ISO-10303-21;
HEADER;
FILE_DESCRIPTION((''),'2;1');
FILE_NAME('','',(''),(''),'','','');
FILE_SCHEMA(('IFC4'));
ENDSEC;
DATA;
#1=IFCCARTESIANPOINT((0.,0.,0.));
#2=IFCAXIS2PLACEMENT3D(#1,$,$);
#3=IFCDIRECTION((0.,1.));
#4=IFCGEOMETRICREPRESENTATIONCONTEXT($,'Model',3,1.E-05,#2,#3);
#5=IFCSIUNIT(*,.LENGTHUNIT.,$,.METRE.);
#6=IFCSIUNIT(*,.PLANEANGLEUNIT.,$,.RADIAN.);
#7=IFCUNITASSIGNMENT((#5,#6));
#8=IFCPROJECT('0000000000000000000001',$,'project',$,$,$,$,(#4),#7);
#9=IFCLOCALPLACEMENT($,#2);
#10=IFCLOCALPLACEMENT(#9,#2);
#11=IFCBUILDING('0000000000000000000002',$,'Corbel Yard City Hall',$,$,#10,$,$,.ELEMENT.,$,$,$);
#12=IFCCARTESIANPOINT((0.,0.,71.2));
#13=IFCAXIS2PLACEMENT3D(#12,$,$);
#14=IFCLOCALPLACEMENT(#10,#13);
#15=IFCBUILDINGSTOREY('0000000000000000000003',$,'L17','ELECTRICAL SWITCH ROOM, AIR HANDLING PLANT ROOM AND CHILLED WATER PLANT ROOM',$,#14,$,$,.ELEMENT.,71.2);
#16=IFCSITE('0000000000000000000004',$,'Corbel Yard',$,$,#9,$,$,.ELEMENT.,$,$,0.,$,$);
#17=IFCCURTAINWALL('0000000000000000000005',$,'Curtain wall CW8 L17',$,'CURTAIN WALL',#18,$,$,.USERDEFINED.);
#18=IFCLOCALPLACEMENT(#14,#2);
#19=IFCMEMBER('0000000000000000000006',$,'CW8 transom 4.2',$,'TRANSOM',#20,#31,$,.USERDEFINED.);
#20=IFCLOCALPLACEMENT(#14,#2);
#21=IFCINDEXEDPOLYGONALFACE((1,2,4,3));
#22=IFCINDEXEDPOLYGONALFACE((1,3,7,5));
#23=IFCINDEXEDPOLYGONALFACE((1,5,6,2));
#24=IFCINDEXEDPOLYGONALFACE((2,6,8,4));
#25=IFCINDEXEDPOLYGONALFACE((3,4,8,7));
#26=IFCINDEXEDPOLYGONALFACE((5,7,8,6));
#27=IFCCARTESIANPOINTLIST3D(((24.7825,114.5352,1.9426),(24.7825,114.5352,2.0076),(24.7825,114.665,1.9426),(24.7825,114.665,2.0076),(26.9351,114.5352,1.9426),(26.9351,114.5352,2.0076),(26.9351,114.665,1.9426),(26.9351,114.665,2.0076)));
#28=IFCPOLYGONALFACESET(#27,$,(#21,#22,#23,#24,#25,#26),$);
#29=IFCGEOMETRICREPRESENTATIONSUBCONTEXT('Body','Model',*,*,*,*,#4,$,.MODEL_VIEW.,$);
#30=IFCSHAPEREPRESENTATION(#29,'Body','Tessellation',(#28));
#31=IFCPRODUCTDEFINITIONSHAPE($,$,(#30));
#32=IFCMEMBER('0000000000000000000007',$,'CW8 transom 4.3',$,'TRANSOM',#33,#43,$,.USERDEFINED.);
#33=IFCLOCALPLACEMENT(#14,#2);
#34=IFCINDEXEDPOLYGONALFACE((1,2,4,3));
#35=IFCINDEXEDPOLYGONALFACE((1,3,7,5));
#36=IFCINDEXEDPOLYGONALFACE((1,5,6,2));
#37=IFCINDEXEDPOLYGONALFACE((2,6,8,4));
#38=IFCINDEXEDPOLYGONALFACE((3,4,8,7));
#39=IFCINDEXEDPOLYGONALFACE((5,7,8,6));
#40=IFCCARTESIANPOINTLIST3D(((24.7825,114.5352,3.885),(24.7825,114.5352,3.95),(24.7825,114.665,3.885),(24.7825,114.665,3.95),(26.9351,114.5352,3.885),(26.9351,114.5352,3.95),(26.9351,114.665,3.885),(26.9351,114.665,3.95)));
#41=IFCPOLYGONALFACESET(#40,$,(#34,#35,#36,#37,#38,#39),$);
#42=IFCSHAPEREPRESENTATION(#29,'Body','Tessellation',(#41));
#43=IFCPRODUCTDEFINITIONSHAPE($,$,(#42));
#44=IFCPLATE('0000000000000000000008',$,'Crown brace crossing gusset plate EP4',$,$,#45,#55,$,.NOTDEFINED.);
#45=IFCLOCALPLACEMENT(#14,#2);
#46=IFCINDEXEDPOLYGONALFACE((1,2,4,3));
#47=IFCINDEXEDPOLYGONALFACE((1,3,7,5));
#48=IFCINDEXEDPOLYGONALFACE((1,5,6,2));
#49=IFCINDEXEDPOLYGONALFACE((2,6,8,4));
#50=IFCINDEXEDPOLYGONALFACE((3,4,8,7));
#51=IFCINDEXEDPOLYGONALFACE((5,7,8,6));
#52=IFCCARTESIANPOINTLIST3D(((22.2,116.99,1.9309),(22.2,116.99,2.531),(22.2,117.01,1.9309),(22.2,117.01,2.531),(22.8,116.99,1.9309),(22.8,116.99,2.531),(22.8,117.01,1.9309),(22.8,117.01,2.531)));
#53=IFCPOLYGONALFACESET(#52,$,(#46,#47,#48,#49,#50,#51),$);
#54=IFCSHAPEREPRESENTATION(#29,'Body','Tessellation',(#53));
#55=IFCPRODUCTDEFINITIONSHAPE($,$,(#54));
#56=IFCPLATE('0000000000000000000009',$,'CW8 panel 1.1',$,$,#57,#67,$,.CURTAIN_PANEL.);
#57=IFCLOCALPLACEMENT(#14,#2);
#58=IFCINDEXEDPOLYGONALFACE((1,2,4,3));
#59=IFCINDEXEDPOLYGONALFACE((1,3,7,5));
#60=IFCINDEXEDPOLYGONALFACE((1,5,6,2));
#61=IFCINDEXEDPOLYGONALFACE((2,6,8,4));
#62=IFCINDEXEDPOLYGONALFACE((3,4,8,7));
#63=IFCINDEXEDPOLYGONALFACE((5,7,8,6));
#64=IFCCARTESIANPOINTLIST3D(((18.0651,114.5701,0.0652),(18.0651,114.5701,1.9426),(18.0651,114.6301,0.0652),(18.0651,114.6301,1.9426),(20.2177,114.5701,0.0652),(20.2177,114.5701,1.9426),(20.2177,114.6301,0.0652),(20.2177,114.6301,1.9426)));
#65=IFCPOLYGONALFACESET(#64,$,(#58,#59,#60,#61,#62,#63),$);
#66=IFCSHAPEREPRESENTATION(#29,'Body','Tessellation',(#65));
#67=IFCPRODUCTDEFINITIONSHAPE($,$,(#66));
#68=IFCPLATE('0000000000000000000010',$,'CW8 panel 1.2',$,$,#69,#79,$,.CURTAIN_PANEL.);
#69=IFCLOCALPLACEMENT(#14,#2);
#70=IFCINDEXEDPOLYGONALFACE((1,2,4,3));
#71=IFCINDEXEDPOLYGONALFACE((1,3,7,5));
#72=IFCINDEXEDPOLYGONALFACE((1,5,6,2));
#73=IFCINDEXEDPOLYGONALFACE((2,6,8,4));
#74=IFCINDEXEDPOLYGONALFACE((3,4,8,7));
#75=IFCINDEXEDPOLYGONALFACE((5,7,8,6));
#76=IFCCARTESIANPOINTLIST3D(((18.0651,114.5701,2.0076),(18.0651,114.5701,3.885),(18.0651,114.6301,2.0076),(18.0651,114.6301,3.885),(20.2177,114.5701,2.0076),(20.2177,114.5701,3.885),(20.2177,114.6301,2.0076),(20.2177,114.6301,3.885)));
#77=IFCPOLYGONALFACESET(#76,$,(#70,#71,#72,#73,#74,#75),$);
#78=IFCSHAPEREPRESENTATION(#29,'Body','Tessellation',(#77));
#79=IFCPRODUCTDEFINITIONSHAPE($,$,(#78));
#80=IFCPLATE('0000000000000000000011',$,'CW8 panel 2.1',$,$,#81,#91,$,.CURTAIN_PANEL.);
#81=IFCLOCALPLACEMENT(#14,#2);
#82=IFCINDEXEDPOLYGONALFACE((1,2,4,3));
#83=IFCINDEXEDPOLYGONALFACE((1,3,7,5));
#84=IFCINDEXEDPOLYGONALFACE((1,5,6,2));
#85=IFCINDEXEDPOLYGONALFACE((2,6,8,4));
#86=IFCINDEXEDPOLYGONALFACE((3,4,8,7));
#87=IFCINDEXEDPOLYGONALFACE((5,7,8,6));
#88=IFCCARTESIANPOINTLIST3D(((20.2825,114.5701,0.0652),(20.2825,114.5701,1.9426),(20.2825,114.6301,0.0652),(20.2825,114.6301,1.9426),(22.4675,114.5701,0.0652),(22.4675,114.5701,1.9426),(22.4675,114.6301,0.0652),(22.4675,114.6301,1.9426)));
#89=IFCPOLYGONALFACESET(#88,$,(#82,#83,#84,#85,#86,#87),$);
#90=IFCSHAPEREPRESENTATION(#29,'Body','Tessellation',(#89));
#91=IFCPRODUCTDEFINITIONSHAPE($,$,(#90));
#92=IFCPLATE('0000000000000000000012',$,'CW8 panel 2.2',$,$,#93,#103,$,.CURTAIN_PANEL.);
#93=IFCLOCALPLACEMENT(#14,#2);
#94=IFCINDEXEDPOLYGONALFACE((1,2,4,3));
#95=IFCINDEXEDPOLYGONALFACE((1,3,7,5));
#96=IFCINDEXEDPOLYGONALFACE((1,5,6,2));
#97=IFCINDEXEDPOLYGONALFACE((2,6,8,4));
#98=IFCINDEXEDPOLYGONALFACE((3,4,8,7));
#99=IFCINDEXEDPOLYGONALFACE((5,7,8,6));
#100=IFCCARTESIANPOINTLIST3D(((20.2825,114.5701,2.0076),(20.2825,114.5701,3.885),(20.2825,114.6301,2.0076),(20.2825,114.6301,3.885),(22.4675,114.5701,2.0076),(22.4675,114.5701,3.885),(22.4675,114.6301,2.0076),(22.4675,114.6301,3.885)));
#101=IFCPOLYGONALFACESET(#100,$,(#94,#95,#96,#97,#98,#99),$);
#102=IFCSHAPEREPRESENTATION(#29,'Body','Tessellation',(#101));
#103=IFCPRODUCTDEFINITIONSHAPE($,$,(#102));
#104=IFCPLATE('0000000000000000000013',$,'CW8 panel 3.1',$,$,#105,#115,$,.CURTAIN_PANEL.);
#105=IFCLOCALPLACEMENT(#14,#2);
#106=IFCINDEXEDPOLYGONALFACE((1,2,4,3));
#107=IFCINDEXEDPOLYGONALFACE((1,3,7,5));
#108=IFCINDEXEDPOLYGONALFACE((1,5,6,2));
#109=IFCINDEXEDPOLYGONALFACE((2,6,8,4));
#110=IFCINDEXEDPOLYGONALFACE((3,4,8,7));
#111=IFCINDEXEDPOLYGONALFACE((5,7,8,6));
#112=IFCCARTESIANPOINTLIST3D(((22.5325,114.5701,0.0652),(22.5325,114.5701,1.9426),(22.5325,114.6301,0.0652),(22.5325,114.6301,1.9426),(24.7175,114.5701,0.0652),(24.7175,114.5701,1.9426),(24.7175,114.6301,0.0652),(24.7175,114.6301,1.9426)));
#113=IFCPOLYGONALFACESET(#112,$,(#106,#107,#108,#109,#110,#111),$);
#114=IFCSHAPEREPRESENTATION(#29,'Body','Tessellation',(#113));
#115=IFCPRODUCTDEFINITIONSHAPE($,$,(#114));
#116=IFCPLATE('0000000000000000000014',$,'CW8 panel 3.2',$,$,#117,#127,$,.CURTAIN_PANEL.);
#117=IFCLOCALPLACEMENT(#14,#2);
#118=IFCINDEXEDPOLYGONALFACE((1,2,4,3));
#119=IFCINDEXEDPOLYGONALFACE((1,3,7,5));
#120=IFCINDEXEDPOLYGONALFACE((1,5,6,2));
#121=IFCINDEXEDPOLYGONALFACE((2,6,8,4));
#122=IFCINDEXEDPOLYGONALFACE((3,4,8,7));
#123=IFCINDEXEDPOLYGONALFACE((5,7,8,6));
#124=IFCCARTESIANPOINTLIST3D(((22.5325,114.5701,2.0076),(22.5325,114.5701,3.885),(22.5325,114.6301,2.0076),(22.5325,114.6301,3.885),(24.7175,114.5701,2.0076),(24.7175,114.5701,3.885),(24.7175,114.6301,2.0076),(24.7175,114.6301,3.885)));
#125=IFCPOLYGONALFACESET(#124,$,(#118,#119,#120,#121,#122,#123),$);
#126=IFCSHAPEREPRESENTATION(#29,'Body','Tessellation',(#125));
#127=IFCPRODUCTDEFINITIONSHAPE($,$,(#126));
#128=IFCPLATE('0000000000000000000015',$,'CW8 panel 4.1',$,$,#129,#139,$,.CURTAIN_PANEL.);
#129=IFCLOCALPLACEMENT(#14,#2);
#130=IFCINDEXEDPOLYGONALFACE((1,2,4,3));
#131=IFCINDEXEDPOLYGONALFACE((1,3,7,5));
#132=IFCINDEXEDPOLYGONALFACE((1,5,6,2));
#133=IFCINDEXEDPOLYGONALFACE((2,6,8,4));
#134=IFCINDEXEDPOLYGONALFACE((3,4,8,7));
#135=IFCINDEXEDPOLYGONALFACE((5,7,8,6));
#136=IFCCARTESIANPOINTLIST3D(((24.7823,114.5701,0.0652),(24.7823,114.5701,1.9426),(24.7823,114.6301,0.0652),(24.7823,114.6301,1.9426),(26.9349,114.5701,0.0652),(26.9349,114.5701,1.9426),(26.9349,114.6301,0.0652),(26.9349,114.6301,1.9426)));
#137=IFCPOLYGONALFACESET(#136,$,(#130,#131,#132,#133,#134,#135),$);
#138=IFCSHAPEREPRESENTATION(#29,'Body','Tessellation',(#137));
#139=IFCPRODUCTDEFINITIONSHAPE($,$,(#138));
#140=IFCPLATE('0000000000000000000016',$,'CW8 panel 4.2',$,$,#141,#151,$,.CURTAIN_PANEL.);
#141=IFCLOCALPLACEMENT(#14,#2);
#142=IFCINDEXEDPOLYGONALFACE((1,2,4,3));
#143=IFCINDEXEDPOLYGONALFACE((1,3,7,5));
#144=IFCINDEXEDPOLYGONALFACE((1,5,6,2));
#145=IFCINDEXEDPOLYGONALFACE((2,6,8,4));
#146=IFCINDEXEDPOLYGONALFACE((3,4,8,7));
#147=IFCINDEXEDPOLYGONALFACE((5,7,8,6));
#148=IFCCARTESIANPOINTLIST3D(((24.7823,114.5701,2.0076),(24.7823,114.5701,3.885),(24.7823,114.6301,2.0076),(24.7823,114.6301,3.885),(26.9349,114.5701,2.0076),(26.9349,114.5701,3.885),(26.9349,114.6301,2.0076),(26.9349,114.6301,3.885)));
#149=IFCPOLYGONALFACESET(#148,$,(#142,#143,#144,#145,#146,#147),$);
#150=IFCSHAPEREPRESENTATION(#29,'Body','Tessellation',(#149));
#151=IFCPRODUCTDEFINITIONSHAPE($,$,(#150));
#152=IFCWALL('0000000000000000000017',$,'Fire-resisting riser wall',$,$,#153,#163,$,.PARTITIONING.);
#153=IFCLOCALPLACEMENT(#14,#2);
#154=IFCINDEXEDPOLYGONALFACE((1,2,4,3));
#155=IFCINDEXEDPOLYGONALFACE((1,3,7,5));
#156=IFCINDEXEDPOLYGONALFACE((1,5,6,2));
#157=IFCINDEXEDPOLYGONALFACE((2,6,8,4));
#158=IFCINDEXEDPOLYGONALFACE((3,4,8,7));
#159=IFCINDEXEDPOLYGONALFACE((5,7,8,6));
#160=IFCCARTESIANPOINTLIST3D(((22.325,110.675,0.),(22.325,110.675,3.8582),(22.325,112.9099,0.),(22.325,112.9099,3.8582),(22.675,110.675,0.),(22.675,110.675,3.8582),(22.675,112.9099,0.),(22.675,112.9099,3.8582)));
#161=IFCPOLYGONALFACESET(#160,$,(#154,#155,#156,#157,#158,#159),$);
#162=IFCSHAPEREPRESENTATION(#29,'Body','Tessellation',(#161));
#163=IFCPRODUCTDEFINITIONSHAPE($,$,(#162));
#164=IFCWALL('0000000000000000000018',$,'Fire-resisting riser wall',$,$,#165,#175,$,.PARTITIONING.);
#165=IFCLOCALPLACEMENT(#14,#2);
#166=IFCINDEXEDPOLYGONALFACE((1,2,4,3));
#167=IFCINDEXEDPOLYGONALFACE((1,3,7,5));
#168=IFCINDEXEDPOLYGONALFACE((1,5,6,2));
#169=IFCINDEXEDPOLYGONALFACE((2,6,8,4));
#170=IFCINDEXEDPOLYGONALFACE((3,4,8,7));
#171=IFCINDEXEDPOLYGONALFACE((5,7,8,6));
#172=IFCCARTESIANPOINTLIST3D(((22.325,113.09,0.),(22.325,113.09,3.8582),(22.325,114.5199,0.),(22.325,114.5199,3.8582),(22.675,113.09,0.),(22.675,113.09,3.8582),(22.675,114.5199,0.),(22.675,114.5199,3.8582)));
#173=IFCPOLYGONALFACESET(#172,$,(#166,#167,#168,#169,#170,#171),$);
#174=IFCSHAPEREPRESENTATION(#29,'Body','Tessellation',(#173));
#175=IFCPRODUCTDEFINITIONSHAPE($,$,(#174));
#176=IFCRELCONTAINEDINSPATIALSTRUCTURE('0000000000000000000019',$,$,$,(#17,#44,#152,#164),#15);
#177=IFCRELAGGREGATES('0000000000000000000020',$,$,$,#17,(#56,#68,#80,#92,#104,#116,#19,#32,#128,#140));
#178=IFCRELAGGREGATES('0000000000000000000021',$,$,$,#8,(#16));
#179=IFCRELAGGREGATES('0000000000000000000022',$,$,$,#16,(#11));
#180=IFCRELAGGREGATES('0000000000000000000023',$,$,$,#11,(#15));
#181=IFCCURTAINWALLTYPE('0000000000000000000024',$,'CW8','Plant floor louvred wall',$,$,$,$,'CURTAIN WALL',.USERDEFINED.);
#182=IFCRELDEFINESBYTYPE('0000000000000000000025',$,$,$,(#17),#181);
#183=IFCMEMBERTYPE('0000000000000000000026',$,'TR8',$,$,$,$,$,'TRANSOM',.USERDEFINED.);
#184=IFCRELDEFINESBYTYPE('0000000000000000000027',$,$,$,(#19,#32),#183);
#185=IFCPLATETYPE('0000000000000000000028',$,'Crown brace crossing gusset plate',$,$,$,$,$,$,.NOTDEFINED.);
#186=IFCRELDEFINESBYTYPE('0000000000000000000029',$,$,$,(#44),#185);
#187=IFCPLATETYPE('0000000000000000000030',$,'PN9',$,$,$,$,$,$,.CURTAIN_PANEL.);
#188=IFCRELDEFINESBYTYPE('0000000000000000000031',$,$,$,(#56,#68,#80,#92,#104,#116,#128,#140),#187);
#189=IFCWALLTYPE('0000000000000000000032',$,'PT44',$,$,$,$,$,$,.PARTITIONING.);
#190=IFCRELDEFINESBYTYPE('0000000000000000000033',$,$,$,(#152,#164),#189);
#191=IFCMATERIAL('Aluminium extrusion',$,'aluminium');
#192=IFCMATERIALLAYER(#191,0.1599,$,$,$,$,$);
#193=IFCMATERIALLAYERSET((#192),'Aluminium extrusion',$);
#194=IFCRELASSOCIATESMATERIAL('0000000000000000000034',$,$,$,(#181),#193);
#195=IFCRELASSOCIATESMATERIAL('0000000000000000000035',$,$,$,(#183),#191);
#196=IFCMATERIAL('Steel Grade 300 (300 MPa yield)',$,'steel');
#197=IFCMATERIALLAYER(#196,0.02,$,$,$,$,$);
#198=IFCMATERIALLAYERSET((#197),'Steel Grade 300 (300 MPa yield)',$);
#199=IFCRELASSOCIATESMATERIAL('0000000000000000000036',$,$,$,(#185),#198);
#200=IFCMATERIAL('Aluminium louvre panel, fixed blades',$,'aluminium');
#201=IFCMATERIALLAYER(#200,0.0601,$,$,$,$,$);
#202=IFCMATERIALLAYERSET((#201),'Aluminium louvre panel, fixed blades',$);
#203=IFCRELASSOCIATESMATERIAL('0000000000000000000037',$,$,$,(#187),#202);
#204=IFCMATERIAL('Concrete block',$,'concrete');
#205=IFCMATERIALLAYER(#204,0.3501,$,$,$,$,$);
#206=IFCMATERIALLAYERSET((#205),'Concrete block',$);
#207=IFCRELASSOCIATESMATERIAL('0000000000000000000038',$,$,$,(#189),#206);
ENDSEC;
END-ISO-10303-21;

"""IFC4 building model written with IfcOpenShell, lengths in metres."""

from ifc_helpers import new_model, si_unit, direction, frame, frame_2d, origin, origin_2d, place, context, subcontext, project, spatial, rectangle, extrude, material, layer, layer_set, material_profile, profile_set, type_object, element, aggregate, save


model = new_model("IFC4")

# Units and contexts
model_context = context("Model", 3, precision=1e-05, world=origin(), true_north=direction((0.0, 1.0)))
body_context = subcontext(model_context, "Body", "Model", "MODEL_VIEW")
ifc_project = project(units=[si_unit("LENGTHUNIT", "METRE"), si_unit("PLANEANGLEUNIT", "RADIAN")], contexts=[model_context])

# Site, building, storey
site_placement = place(None, origin())
site = spatial("IfcSite", under=ifc_project, at=site_placement, Name="Corbel Yard", CompositionType="ELEMENT", RefElevation=0.0)
building_placement = place(site_placement, origin())
building = spatial("IfcBuilding", under=site, at=building_placement, Name="Corbel Yard City Hall", CompositionType="ELEMENT")
storey_placement = place(building_placement, frame((0.0, 0.0, 71.2)))
storey = spatial("IfcBuildingStorey", under=building, at=storey_placement, Name="L17", Description="ELECTRICAL SWITCH ROOM, AIR HANDLING PLANT ROOM AND CHILLED WATER PLANT ROOM", CompositionType="ELEMENT", Elevation=71.2)

# Curtain wall, members
ifc_material_1 = material(Name="Aluminium extrusion", Category="aluminium")
ifc_layer_1 = layer(ifc_material_1, 0.1599)
ifc_layer_set_1 = layer_set([ifc_layer_1], Name="Aluminium extrusion")
curtain_wall_type = type_object("IfcCurtainWallType", Name="CW8", Description="Plant floor louvred wall", ElementType="CURTAIN WALL", PredefinedType="USERDEFINED", material=ifc_layer_set_1)
curtain_wall_placement = place(storey_placement, origin())
curtain_wall = element("IfcCurtainWall", 1, at=curtain_wall_placement, inside=storey, type_object=curtain_wall_type, Name="Curtain wall CW8 L17", ObjectType="CURTAIN WALL", PredefinedType="USERDEFINED")
ifc_material_profile_1 = material_profile(ifc_material_1, rectangle(XDim=0.1299, YDim=0.0649, at=origin_2d()), Name="130x65")
ifc_profile_set_1 = profile_set([ifc_material_profile_1], Name="Aluminium extrusion")
member_type_1 = type_object("IfcMemberType", Name="TR8", ElementType="TRANSOM", PredefinedType="USERDEFINED", material=ifc_profile_set_1)
member_1_placement = place(storey_placement, frame((24.7825, 114.6001, 1.9751), z_axis=(1.0, 0.0, 0.0), x_axis=(0.0, 1.0, 0.0)))
member_1 = element("IfcMember", 2, at=member_1_placement, type_object=member_type_1, Name="CW8 transom 4.2", ObjectType="TRANSOM", PredefinedType="USERDEFINED", context=body_context, shape_type="SweptSolid", body=[
    extrude(rectangle(XDim=0.1299, YDim=0.0649, at=origin_2d()), origin(), (0.0, 0.0, 1.0), 2.1526),
])
member_2_placement = place(storey_placement, frame((24.7825, 114.6001, 3.9175), z_axis=(1.0, 0.0, 0.0), x_axis=(0.0, 1.0, 0.0)))
member_2 = element("IfcMember", 3, at=member_2_placement, type_object=member_type_1, Name="CW8 transom 4.3", ObjectType="TRANSOM", PredefinedType="USERDEFINED", context=body_context, shape_type="SweptSolid", body=[
    extrude(rectangle(XDim=0.1299, YDim=0.0649, at=origin_2d()), origin(), (0.0, 0.0, 1.0), 2.1526),
])

# Plates
ifc_material_2 = material(Name="Steel Grade 300 (300 MPa yield)", Category="steel")
ifc_layer_2 = layer(ifc_material_2, 0.02)
ifc_layer_set_2 = layer_set([ifc_layer_2], Name="Steel Grade 300 (300 MPa yield)")
plate_type_1 = type_object("IfcPlateType", Name="Crown brace crossing gusset plate", PredefinedType="NOTDEFINED", material=ifc_layer_set_2)
plate_1_placement = place(storey_placement, frame((22.5, 117.0, 1.9309), z_axis=(0.0, 0.0, 1.0), x_axis=(1.0, 0.0, 0.0)))
element("IfcPlate", 4, at=plate_1_placement, inside=storey, type_object=plate_type_1, Name="Crown brace crossing gusset plate EP4", PredefinedType="NOTDEFINED", context=body_context, shape_type="SweptSolid", body=[
    extrude(rectangle(XDim=0.6001, YDim=0.02, at=origin_2d()), origin(), (0.0, 0.0, 1.0), 0.6001),
])
ifc_material_3 = material(Name="Aluminium louvre panel, fixed blades", Category="aluminium")
ifc_layer_3 = layer(ifc_material_3, 0.0601)
ifc_layer_set_3 = layer_set([ifc_layer_3], Name="Aluminium louvre panel, fixed blades")
plate_type_2 = type_object("IfcPlateType", Name="PN9", PredefinedType="CURTAIN_PANEL", material=ifc_layer_set_3)
plate_2_placement = place(storey_placement, frame((19.1414, 114.6001, 0.0652), z_axis=(0.0, 0.0, 1.0), x_axis=(1.0, 0.0, 0.0)))
plate_2 = element("IfcPlate", 5, at=plate_2_placement, type_object=plate_type_2, Name="CW8 panel 1.1", PredefinedType="CURTAIN_PANEL", context=body_context, shape_type="SweptSolid", body=[
    extrude(rectangle(XDim=2.1526, YDim=0.0601, at=origin_2d()), origin(), (0.0, 0.0, 1.0), 1.8774),
])
plate_3_placement = place(storey_placement, frame((19.1414, 114.6001, 2.0076), z_axis=(0.0, 0.0, 1.0), x_axis=(1.0, 0.0, 0.0)))
plate_3 = element("IfcPlate", 6, at=plate_3_placement, type_object=plate_type_2, Name="CW8 panel 1.2", PredefinedType="CURTAIN_PANEL", context=body_context, shape_type="SweptSolid", body=[
    extrude(rectangle(XDim=2.1526, YDim=0.0601, at=origin_2d()), origin(), (0.0, 0.0, 1.0), 1.8774),
])
plate_4_placement = place(storey_placement, frame((21.375, 114.6001, 0.0652), z_axis=(0.0, 0.0, 1.0), x_axis=(1.0, 0.0, 0.0)))
plate_4 = element("IfcPlate", 7, at=plate_4_placement, type_object=plate_type_2, Name="CW8 panel 2.1", PredefinedType="CURTAIN_PANEL", context=body_context, shape_type="SweptSolid", body=[
    extrude(rectangle(XDim=2.1851, YDim=0.0601, at=origin_2d()), origin(), (0.0, 0.0, 1.0), 1.8774),
])
plate_5_placement = place(storey_placement, frame((21.375, 114.6001, 2.0076), z_axis=(0.0, 0.0, 1.0), x_axis=(1.0, 0.0, 0.0)))
plate_5 = element("IfcPlate", 8, at=plate_5_placement, type_object=plate_type_2, Name="CW8 panel 2.2", PredefinedType="CURTAIN_PANEL", context=body_context, shape_type="SweptSolid", body=[
    extrude(rectangle(XDim=2.1851, YDim=0.0601, at=origin_2d()), origin(), (0.0, 0.0, 1.0), 1.8774),
])
plate_6_placement = place(storey_placement, frame((23.625, 114.6001, 0.0652), z_axis=(0.0, 0.0, 1.0), x_axis=(1.0, 0.0, 0.0)))
plate_6 = element("IfcPlate", 9, at=plate_6_placement, type_object=plate_type_2, Name="CW8 panel 3.1", PredefinedType="CURTAIN_PANEL", context=body_context, shape_type="SweptSolid", body=[
    extrude(rectangle(XDim=2.1851, YDim=0.0601, at=origin_2d()), origin(), (0.0, 0.0, 1.0), 1.8774),
])
plate_7_placement = place(storey_placement, frame((23.625, 114.6001, 2.0076), z_axis=(0.0, 0.0, 1.0), x_axis=(1.0, 0.0, 0.0)))
plate_7 = element("IfcPlate", 10, at=plate_7_placement, type_object=plate_type_2, Name="CW8 panel 3.2", PredefinedType="CURTAIN_PANEL", context=body_context, shape_type="SweptSolid", body=[
    extrude(rectangle(XDim=2.1851, YDim=0.0601, at=origin_2d()), origin(), (0.0, 0.0, 1.0), 1.8774),
])
plate_8_placement = place(storey_placement, frame((25.8586, 114.6001, 0.0652), z_axis=(0.0, 0.0, 1.0), x_axis=(1.0, 0.0, 0.0)))
plate_8 = element("IfcPlate", 11, at=plate_8_placement, type_object=plate_type_2, Name="CW8 panel 4.1", PredefinedType="CURTAIN_PANEL", context=body_context, shape_type="SweptSolid", body=[
    extrude(rectangle(XDim=2.1526, YDim=0.0601, at=origin_2d()), origin(), (0.0, 0.0, 1.0), 1.8774),
])
plate_9_placement = place(storey_placement, frame((25.8586, 114.6001, 2.0076), z_axis=(0.0, 0.0, 1.0), x_axis=(1.0, 0.0, 0.0)))
plate_9 = element("IfcPlate", 12, at=plate_9_placement, type_object=plate_type_2, Name="CW8 panel 4.2", PredefinedType="CURTAIN_PANEL", context=body_context, shape_type="SweptSolid", body=[
    extrude(rectangle(XDim=2.1526, YDim=0.0601, at=origin_2d()), origin(), (0.0, 0.0, 1.0), 1.8774),
])
aggregate(curtain_wall, [plate_2, plate_3, plate_4, plate_5, plate_6, plate_7, member_1, member_2, plate_8, plate_9])

# Shared definitions
ifc_material_4 = material(Name="Concrete block", Category="concrete")
ifc_layer_4 = layer(ifc_material_4, 0.3501)
ifc_layer_set_4 = layer_set([ifc_layer_4], Name="Concrete block")
wall_type = type_object("IfcWallType", Name="PT44", PredefinedType="PARTITIONING", material=ifc_layer_set_4)

# Walls
wall_1_placement = place(storey_placement, frame((22.5, 110.675, 0.0), z_axis=(0.0, 0.0, 1.0), x_axis=(0.0, 1.0, 0.0)))
element("IfcWall", 13, at=wall_1_placement, inside=storey, type_object=wall_type, Name="Fire-resisting riser wall", PredefinedType="PARTITIONING", context=body_context, shape_type="SweptSolid", body=[
    extrude(rectangle(XDim=2.2349, YDim=0.3501, at=frame_2d((1.1174, 0.0))), origin(), (0.0, 0.0, 1.0), 3.8582),
])
wall_2_placement = place(storey_placement, frame((22.5, 113.0901, 0.0), z_axis=(0.0, 0.0, 1.0), x_axis=(0.0, 1.0, 0.0)))
element("IfcWall", 14, at=wall_2_placement, inside=storey, type_object=wall_type, Name="Fire-resisting riser wall", PredefinedType="PARTITIONING", context=body_context, shape_type="SweptSolid", body=[
    extrude(rectangle(XDim=1.4299, YDim=0.3501, at=frame_2d((0.7148, 0.0))), origin(), (0.0, 0.0, 1.0), 3.8582),
])

save(model, "model.ifc")
